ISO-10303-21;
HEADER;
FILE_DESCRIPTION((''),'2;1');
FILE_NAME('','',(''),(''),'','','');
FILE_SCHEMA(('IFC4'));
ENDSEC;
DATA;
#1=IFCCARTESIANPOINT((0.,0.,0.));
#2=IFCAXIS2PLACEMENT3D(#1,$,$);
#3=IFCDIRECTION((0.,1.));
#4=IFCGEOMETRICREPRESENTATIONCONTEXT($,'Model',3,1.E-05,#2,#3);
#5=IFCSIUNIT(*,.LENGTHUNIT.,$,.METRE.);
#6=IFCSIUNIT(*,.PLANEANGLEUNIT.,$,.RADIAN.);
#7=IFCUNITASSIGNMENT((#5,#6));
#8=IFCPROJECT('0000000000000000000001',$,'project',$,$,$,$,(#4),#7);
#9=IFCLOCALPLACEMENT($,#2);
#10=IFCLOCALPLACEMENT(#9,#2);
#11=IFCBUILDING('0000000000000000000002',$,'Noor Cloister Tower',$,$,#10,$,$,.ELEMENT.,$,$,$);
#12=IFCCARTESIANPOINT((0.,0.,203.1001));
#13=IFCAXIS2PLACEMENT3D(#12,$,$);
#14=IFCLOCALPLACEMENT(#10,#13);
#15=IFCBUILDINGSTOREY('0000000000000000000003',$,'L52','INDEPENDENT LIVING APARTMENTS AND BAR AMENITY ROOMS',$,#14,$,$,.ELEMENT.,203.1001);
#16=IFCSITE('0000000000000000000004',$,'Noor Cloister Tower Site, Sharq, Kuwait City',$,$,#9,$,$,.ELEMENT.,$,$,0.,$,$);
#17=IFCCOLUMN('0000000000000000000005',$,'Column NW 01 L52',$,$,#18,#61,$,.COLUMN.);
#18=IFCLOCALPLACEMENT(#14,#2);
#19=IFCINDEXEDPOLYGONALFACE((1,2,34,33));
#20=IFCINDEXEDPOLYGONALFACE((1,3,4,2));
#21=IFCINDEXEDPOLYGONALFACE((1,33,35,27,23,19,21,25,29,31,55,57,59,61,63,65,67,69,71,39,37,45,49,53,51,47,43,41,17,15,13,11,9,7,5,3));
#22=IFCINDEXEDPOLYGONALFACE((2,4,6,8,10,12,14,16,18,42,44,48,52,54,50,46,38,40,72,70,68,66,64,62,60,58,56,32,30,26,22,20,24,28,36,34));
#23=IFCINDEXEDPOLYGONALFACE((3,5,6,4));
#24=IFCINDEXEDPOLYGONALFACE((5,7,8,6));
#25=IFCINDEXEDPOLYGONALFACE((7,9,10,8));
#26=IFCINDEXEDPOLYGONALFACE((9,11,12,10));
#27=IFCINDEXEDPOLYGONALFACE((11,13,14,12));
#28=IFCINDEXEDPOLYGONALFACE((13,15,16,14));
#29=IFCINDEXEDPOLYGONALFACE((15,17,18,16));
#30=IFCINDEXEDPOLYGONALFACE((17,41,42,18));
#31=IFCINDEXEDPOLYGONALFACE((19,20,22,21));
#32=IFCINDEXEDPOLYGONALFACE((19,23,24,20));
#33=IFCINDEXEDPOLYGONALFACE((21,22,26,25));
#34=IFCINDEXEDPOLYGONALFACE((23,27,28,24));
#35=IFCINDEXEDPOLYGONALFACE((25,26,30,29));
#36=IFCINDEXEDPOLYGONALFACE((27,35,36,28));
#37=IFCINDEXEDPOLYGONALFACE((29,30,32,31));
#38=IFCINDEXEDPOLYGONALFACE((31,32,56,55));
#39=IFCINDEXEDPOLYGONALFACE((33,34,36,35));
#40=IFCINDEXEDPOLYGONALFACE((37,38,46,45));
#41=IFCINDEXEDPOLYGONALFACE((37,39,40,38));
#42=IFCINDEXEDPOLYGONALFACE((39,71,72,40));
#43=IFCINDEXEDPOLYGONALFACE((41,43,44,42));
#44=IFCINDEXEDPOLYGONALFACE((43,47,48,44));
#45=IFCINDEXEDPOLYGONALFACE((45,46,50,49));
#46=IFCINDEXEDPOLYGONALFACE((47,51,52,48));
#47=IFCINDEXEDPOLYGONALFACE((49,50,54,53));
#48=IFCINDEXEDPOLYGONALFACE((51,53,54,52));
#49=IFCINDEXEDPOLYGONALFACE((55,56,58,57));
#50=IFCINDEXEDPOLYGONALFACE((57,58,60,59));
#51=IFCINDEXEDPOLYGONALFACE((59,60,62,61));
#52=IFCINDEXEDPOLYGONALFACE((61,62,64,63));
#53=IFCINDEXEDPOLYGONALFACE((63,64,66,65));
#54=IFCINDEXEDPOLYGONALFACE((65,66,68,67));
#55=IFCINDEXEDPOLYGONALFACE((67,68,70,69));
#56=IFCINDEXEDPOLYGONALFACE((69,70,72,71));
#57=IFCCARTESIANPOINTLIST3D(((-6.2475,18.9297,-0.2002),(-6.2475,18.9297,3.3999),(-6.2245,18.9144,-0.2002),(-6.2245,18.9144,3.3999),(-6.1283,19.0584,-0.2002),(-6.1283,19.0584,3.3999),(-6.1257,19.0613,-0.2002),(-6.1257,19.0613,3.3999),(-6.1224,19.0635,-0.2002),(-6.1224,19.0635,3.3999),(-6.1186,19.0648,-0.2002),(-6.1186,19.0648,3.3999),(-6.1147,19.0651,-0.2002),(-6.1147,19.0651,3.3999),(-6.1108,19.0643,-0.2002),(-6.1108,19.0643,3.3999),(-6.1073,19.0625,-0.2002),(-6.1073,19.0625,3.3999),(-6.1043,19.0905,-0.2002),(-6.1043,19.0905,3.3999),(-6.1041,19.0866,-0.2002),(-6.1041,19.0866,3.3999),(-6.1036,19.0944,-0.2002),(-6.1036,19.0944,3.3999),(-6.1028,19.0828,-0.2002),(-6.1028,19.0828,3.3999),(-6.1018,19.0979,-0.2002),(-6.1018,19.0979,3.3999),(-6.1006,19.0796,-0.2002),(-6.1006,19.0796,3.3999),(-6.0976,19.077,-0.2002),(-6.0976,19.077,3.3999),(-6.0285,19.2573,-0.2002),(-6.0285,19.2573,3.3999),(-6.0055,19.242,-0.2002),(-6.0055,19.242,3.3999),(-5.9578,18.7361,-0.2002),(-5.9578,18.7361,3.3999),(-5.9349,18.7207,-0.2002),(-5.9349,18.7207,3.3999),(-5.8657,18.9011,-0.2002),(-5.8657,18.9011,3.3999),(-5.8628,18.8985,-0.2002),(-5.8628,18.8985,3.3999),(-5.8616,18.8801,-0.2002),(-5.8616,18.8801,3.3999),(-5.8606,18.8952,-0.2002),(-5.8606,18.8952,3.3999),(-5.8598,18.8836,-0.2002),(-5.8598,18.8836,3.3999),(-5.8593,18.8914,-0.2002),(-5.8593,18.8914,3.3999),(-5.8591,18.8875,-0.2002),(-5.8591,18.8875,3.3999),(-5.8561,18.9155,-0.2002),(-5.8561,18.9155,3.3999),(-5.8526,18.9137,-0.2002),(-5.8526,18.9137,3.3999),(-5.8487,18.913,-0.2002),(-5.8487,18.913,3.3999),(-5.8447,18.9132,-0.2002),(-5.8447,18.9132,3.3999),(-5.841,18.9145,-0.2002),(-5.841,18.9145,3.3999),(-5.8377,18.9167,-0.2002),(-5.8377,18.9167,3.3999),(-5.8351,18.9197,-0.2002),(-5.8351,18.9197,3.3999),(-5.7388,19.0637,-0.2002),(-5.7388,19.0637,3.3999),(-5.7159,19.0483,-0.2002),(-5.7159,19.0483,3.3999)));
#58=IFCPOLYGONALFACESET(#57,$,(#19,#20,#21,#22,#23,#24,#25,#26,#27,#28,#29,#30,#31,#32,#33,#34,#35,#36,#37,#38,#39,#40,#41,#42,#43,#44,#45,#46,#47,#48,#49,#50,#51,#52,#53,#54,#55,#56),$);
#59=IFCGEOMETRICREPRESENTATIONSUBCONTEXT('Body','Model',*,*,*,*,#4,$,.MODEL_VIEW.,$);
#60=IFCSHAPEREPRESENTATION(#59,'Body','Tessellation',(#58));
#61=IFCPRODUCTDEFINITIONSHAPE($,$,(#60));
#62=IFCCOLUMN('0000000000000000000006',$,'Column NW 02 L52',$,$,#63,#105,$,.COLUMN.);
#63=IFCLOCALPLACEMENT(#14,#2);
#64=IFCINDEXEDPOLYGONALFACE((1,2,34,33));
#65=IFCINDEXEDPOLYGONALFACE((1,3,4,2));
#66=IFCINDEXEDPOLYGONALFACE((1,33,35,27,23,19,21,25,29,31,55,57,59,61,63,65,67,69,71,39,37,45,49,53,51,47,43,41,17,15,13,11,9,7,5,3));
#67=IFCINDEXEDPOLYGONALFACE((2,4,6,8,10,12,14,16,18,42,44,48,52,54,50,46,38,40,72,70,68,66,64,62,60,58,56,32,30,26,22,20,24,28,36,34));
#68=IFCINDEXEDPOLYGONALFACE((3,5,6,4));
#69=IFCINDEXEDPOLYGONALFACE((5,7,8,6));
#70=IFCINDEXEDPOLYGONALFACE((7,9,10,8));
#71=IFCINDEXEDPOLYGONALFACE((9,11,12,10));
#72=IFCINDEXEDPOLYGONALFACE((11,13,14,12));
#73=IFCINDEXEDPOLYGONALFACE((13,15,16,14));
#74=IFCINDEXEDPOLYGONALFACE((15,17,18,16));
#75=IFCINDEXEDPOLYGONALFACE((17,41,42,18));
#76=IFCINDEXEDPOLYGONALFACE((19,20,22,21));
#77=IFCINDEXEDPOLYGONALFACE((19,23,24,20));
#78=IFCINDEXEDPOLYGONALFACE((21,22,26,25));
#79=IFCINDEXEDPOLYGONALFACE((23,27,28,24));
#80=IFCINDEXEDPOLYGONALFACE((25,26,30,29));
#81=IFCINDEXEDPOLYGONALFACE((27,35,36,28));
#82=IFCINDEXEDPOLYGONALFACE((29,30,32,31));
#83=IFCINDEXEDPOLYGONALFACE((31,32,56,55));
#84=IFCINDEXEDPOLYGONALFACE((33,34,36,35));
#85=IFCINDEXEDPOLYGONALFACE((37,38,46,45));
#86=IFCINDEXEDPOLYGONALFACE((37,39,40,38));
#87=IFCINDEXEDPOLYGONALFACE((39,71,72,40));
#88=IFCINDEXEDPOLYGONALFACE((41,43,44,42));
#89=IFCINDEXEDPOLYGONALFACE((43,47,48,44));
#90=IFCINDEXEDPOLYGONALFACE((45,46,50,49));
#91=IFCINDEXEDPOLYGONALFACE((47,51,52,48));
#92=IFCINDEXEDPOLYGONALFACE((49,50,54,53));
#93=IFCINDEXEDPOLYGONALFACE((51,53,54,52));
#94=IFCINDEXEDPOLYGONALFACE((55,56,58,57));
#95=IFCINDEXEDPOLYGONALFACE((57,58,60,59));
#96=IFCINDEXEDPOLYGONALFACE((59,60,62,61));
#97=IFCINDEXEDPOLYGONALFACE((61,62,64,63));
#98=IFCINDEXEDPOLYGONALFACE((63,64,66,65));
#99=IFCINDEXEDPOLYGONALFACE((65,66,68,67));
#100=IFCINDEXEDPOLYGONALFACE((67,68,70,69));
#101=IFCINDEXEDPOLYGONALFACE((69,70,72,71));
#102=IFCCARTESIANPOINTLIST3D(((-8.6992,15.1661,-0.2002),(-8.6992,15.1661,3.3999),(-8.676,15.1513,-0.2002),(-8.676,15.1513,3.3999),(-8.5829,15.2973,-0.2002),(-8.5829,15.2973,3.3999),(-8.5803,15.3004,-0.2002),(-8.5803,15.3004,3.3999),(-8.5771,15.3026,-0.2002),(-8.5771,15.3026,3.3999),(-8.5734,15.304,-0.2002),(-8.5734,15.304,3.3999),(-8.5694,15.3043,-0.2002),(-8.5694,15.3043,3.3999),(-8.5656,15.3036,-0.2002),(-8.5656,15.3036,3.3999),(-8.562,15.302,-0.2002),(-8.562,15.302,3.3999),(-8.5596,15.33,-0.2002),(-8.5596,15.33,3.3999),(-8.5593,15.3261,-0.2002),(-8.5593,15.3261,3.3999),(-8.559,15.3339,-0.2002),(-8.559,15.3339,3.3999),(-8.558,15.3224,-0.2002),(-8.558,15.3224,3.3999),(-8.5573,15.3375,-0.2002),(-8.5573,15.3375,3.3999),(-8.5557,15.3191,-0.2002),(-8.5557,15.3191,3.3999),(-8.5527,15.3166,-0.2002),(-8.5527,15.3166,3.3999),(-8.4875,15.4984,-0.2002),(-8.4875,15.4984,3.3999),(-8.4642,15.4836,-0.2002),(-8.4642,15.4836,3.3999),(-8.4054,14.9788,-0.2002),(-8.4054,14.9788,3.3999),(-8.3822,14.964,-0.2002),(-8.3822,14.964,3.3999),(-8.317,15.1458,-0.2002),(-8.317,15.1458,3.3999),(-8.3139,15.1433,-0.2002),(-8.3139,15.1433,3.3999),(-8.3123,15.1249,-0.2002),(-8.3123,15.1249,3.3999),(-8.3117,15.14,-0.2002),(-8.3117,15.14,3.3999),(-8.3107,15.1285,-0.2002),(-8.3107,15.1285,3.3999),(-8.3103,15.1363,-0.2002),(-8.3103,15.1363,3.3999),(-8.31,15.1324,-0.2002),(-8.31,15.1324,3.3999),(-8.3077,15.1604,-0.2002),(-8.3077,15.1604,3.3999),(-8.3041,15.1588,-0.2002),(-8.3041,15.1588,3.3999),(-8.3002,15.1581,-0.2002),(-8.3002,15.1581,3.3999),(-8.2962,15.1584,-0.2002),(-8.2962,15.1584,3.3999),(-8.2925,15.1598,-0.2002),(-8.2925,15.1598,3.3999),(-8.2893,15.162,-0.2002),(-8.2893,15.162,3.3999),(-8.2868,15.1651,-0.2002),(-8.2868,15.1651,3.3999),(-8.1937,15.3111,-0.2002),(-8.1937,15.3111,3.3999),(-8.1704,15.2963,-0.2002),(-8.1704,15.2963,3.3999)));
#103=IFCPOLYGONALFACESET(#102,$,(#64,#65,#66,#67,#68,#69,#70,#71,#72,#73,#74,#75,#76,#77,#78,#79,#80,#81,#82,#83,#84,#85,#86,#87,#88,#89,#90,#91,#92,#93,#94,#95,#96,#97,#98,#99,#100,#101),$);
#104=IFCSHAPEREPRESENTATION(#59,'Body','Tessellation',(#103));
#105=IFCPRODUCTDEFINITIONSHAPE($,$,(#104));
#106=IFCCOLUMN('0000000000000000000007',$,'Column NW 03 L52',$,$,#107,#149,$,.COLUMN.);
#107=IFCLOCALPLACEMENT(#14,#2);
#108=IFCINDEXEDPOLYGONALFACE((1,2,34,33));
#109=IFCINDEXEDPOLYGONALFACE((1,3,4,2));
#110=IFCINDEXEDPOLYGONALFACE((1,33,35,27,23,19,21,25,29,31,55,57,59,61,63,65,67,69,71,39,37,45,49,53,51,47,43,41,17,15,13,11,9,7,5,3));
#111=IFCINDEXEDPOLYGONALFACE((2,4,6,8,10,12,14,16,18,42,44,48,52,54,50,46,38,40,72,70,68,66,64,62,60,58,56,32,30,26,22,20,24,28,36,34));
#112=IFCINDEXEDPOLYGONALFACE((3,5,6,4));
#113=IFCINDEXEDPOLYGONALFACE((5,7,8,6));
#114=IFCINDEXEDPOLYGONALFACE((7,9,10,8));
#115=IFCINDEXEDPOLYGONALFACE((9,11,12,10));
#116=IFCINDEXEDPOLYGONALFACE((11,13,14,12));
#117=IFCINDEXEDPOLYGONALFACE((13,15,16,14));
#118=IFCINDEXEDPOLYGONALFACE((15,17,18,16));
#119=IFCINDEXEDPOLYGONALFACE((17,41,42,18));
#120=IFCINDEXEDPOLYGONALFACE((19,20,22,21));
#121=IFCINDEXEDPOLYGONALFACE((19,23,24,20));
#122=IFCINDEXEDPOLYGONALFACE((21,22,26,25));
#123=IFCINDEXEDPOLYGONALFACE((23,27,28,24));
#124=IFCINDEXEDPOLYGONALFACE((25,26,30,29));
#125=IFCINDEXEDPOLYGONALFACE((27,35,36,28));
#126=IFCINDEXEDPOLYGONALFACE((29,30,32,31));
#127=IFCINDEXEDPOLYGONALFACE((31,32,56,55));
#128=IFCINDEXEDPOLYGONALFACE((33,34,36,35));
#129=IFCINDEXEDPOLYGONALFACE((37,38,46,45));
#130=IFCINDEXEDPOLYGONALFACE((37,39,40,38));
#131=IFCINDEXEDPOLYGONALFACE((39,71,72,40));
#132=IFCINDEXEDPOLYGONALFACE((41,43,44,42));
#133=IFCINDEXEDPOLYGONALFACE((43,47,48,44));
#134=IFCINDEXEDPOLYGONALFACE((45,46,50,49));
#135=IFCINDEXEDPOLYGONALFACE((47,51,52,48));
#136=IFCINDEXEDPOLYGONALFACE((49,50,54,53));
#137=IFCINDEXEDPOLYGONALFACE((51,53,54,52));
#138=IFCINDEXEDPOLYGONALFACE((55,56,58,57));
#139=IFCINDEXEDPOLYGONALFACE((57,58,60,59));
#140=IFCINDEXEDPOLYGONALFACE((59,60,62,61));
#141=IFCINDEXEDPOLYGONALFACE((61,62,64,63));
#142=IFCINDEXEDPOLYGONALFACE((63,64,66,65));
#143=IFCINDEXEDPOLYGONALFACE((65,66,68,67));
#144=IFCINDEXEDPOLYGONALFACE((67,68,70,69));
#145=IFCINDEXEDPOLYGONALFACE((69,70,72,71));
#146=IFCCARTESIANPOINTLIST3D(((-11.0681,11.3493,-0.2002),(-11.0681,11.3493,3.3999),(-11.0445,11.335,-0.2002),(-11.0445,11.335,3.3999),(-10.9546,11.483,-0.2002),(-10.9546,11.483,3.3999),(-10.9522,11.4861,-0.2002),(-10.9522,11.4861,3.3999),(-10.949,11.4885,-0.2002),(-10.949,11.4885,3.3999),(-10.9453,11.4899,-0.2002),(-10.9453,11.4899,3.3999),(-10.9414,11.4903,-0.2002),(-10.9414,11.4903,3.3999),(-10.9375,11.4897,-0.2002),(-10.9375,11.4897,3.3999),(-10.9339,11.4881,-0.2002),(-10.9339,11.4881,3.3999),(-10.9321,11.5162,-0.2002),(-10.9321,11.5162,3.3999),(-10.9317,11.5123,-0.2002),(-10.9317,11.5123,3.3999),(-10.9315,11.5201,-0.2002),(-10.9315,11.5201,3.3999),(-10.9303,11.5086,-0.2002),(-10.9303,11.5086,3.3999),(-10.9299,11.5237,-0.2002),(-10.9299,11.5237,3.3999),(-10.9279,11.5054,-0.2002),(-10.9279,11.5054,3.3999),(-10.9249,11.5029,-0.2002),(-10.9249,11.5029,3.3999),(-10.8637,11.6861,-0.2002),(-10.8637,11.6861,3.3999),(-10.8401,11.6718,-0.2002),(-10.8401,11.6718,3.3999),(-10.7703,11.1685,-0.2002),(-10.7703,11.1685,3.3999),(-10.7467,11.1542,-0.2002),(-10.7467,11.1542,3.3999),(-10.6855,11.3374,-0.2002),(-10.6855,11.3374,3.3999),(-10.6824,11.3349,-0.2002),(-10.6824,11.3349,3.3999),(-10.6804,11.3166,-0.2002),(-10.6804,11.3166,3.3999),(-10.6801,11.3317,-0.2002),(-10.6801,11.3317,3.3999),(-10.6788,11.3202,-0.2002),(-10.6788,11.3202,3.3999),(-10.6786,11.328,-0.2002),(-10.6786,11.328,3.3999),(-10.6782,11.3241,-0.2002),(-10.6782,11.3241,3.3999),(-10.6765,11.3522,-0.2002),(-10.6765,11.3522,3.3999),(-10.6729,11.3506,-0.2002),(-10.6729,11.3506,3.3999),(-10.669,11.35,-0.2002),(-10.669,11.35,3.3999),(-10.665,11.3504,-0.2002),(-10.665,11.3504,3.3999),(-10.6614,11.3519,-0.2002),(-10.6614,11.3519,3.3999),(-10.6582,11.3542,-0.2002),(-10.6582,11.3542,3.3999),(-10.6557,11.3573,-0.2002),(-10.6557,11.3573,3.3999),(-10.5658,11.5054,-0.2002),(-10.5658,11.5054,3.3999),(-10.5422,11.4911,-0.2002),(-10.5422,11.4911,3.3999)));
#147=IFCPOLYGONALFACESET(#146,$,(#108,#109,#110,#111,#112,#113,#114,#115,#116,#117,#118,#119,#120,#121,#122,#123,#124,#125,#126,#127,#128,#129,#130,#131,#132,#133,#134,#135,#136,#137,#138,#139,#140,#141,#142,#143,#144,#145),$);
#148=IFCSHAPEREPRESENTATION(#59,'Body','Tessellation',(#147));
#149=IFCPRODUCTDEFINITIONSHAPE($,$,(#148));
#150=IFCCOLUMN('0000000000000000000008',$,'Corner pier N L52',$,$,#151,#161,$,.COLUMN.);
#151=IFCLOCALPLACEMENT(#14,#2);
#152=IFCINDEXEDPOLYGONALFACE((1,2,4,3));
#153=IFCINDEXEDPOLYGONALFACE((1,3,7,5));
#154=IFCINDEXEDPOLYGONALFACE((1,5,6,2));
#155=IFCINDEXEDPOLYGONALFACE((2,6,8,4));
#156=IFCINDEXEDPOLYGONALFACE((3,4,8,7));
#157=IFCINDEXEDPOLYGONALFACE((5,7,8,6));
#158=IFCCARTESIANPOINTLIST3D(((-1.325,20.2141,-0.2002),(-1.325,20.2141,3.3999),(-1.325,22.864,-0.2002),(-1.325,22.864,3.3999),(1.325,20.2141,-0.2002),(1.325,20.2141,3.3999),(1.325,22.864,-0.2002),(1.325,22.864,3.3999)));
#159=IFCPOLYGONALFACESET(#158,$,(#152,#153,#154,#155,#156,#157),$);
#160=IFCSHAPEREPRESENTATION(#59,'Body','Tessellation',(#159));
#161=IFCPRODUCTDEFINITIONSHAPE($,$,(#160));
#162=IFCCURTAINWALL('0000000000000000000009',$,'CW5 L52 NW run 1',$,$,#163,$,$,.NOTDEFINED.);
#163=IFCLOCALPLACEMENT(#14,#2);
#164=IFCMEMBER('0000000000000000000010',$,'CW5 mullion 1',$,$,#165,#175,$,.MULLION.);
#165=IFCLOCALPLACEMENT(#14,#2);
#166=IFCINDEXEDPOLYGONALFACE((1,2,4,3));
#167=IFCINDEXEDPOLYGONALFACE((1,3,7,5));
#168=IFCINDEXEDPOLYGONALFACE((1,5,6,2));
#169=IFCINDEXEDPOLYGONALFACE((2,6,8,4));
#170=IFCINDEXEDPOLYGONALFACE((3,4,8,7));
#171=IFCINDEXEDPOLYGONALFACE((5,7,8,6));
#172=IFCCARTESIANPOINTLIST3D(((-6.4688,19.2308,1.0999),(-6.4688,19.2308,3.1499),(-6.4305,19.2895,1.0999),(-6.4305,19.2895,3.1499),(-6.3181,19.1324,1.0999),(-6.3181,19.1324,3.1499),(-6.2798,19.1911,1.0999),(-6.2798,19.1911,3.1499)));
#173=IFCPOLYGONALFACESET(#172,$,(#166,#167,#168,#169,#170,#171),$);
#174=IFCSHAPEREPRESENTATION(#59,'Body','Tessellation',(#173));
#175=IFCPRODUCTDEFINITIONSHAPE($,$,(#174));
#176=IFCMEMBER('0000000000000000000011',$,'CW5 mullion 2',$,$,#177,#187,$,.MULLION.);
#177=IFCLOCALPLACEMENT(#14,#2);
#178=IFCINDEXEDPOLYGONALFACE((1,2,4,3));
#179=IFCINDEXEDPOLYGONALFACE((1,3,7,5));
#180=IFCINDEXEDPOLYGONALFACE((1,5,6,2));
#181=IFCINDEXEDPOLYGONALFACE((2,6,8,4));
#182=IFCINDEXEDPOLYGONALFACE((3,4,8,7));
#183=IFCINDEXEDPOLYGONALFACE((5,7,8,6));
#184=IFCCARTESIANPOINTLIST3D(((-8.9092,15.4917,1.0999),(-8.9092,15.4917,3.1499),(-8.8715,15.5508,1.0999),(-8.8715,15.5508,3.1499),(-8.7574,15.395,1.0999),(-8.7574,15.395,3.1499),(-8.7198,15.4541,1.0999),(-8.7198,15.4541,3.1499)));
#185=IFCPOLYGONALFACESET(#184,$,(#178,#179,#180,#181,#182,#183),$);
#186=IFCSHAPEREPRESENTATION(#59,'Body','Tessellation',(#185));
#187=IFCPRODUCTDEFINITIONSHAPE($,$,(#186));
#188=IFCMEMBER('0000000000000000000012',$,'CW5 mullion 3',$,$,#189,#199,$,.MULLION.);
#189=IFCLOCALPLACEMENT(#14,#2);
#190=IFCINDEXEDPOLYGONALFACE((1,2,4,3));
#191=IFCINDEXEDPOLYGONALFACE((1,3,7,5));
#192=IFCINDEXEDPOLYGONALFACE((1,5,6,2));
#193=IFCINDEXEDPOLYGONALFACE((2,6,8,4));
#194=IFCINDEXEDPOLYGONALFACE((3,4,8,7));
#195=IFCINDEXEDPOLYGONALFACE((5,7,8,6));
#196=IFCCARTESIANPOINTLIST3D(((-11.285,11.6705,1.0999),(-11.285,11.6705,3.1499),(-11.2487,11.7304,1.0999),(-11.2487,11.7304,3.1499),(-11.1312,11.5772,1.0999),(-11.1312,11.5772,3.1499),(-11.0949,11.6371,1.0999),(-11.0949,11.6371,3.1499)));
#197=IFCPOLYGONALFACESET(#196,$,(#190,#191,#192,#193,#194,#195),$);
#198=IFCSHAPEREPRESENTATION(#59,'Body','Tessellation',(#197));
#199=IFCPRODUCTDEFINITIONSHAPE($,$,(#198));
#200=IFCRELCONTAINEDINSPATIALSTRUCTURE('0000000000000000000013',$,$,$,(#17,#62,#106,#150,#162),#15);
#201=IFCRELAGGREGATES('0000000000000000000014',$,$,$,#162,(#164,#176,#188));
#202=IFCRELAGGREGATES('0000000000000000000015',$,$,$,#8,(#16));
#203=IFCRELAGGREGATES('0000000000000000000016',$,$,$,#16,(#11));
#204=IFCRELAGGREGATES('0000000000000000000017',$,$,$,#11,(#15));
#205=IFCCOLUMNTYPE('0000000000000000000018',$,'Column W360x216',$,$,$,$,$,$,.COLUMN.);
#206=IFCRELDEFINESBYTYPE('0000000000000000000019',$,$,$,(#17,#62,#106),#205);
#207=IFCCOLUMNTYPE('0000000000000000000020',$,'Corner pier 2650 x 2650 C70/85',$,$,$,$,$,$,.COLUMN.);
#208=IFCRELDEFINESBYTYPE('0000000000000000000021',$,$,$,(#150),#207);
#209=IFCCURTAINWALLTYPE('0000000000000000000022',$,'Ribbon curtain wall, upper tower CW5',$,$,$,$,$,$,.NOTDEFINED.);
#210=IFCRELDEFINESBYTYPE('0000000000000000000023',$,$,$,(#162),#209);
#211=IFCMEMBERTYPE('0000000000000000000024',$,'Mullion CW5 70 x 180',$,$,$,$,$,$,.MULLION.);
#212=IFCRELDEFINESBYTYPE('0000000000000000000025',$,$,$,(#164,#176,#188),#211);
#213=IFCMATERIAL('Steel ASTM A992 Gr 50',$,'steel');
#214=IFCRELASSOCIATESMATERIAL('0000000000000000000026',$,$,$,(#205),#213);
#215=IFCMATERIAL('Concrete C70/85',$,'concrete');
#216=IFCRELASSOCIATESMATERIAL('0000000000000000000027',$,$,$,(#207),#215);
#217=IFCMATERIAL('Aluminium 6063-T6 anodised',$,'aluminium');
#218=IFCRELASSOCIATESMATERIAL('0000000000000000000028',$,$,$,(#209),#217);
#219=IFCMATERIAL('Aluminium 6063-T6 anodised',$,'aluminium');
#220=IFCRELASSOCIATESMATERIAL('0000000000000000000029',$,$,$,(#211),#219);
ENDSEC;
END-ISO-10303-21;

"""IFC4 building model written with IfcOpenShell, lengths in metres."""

from ifc_helpers import new_model, si_unit, direction, frame, origin, origin_2d, place, context, subcontext, project, spatial, rectangle, i_section, extrude, material, material_profile, profile_set, type_object, element, aggregate, save


model = new_model("IFC4")

# Units and contexts
model_context = context("Model", 3, precision=1e-05, world=origin(), true_north=direction((0.0, 1.0)))
body_context = subcontext(model_context, "Body", "Model", "MODEL_VIEW")
ifc_project = project(units=[si_unit("LENGTHUNIT", "METRE"), si_unit("PLANEANGLEUNIT", "RADIAN")], contexts=[model_context])

# Site, building, storey
site_placement = place(None, origin())
site = spatial("IfcSite", under=ifc_project, at=site_placement, Name="Noor Cloister Tower Site, Sharq, Kuwait City", CompositionType="ELEMENT", RefElevation=0.0)
building_placement = place(site_placement, origin())
building = spatial("IfcBuilding", under=site, at=building_placement, Name="Noor Cloister Tower", CompositionType="ELEMENT")
storey_placement = place(building_placement, frame((0.0, 0.0, 203.1001)))
storey = spatial("IfcBuildingStorey", under=building, at=storey_placement, Name="L52", Description="INDEPENDENT LIVING APARTMENTS AND BAR AMENITY ROOMS", CompositionType="ELEMENT", Elevation=203.1001)

# Columns
ifc_material_1 = material(Name="Steel ASTM A992 Gr 50", Category="steel")
ifc_material_profile_1 = material_profile(ifc_material_1, i_section(OverallWidth=0.394, OverallDepth=0.376, WebThickness=0.0173, FlangeThickness=0.0276, FilletRadius=0.0151, at=origin_2d()), Name="W360x216")
ifc_profile_set_1 = profile_set([ifc_material_profile_1], Name="Steel ASTM A992 Gr 50")
column_type_1 = type_object("IfcColumnType", Name="Column W360x216", PredefinedType="COLUMN", material=ifc_profile_set_1)
for number, where, z_axis, x_axis, name in (
    (1, (-5.9817, 18.989, -0.2002), (0.0, 0.0, 1.0), (-0.555757, -0.831345, 0.0), "Column NW 01 L52"),
    (2, (-8.4348, 15.2312, -0.2002), (0.0, 0.0, 1.0), (-0.537426, -0.843311, 0.0), "Column NW 02 L52"),
    (3, (-10.8052, 11.4202, -0.2002), (0.0, 0.0, 1.0), (-0.518837, -0.854873, 0.0), "Column NW 03 L52"),
):
    element("IfcColumn", number, at=place(storey_placement, frame(where, z_axis=z_axis, x_axis=x_axis)), inside=storey, type_object=column_type_1, Name=name, PredefinedType="COLUMN", context=body_context, shape_type="SweptSolid", body=[
        extrude(i_section(OverallWidth=0.394, OverallDepth=0.376, WebThickness=0.0173, FlangeThickness=0.0276, FilletRadius=0.0151, at=origin_2d()), origin(), (0.0, 0.0, 1.0), 3.6001),
    ])
ifc_material_2 = material(Name="Concrete C70/85", Category="concrete")
ifc_material_profile_2 = material_profile(ifc_material_2, rectangle(XDim=2.6499, YDim=2.6499, at=origin_2d()), Name="RC 2650x2650")
ifc_profile_set_2 = profile_set([ifc_material_profile_2], Name="Concrete C70/85")
column_type_2 = type_object("IfcColumnType", Name="Corner pier 2650 x 2650 C70/85", PredefinedType="COLUMN", material=ifc_profile_set_2)
column_placement = place(storey_placement, frame((0.0, 21.5391, -0.2002), z_axis=(0.0, 0.0, 1.0), x_axis=(0.0, 1.0, 0.0)))
element("IfcColumn", 4, at=column_placement, inside=storey, type_object=column_type_2, Name="Corner pier N L52", PredefinedType="COLUMN", context=body_context, shape_type="SweptSolid", body=[
    extrude(rectangle(XDim=2.6499, YDim=2.6499, at=origin_2d()), origin(), (0.0, 0.0, 1.0), 3.6001),
])

# Curtain wall, members
ifc_material_3 = material(Name="Aluminium 6063-T6 anodised", Category="aluminium")
curtain_wall_type = type_object("IfcCurtainWallType", Name="Ribbon curtain wall, upper tower CW5", PredefinedType="NOTDEFINED", material=ifc_material_3)
curtain_wall_placement = place(storey_placement, origin())
curtain_wall = element("IfcCurtainWall", 5, at=curtain_wall_placement, inside=storey, type_object=curtain_wall_type, Name="CW5 L52 NW run 1", PredefinedType="NOTDEFINED")
ifc_material_4 = material(Name="Aluminium 6063-T6 anodised", Category="aluminium")
ifc_material_profile_3 = material_profile(ifc_material_4, rectangle(XDim=0.1799, YDim=0.0701, at=origin_2d()), Name="180 x 70 mullion")
ifc_profile_set_3 = profile_set([ifc_material_profile_3], Name="Aluminium 6063-T6 anodised")
member_type = type_object("IfcMemberType", Name="Mullion CW5 70 x 180", PredefinedType="MULLION", material=ifc_profile_set_3)
member_1_placement = place(storey_placement, frame((-6.3743, 19.2109, 1.0999), z_axis=(0.0, 0.0, 1.0), x_axis=(0.837378, -0.546624, 0.0)))
member_1 = element("IfcMember", 6, at=member_1_placement, type_object=member_type, Name="CW5 mullion 1", PredefinedType="MULLION", context=body_context, shape_type="SweptSolid", body=[
    extrude(rectangle(XDim=0.1799, YDim=0.0701, at=origin_2d()), origin(), (0.0, 0.0, 1.0), 2.05),
])
member_2_placement = place(storey_placement, frame((-8.8145, 15.4729, 1.0999), z_axis=(0.0, 0.0, 1.0), x_axis=(0.843311, -0.537426, 0.0)))
member_2 = element("IfcMember", 7, at=member_2_placement, type_object=member_type, Name="CW5 mullion 2", PredefinedType="MULLION", context=body_context, shape_type="SweptSolid", body=[
    extrude(rectangle(XDim=0.1799, YDim=0.0701, at=origin_2d()), origin(), (0.0, 0.0, 1.0), 2.05),
])
member_3_placement = place(storey_placement, frame((-11.1899, 11.6538, 1.0999), z_axis=(0.0, 0.0, 1.0), x_axis=(0.854873, -0.518837, 0.0)))
member_3 = element("IfcMember", 8, at=member_3_placement, type_object=member_type, Name="CW5 mullion 3", PredefinedType="MULLION", context=body_context, shape_type="SweptSolid", body=[
    extrude(rectangle(XDim=0.1799, YDim=0.0701, at=origin_2d()), origin(), (0.0, 0.0, 1.0), 2.05),
])

aggregate(curtain_wall, [member_1, member_2, member_3])

save(model, "model.ifc")
